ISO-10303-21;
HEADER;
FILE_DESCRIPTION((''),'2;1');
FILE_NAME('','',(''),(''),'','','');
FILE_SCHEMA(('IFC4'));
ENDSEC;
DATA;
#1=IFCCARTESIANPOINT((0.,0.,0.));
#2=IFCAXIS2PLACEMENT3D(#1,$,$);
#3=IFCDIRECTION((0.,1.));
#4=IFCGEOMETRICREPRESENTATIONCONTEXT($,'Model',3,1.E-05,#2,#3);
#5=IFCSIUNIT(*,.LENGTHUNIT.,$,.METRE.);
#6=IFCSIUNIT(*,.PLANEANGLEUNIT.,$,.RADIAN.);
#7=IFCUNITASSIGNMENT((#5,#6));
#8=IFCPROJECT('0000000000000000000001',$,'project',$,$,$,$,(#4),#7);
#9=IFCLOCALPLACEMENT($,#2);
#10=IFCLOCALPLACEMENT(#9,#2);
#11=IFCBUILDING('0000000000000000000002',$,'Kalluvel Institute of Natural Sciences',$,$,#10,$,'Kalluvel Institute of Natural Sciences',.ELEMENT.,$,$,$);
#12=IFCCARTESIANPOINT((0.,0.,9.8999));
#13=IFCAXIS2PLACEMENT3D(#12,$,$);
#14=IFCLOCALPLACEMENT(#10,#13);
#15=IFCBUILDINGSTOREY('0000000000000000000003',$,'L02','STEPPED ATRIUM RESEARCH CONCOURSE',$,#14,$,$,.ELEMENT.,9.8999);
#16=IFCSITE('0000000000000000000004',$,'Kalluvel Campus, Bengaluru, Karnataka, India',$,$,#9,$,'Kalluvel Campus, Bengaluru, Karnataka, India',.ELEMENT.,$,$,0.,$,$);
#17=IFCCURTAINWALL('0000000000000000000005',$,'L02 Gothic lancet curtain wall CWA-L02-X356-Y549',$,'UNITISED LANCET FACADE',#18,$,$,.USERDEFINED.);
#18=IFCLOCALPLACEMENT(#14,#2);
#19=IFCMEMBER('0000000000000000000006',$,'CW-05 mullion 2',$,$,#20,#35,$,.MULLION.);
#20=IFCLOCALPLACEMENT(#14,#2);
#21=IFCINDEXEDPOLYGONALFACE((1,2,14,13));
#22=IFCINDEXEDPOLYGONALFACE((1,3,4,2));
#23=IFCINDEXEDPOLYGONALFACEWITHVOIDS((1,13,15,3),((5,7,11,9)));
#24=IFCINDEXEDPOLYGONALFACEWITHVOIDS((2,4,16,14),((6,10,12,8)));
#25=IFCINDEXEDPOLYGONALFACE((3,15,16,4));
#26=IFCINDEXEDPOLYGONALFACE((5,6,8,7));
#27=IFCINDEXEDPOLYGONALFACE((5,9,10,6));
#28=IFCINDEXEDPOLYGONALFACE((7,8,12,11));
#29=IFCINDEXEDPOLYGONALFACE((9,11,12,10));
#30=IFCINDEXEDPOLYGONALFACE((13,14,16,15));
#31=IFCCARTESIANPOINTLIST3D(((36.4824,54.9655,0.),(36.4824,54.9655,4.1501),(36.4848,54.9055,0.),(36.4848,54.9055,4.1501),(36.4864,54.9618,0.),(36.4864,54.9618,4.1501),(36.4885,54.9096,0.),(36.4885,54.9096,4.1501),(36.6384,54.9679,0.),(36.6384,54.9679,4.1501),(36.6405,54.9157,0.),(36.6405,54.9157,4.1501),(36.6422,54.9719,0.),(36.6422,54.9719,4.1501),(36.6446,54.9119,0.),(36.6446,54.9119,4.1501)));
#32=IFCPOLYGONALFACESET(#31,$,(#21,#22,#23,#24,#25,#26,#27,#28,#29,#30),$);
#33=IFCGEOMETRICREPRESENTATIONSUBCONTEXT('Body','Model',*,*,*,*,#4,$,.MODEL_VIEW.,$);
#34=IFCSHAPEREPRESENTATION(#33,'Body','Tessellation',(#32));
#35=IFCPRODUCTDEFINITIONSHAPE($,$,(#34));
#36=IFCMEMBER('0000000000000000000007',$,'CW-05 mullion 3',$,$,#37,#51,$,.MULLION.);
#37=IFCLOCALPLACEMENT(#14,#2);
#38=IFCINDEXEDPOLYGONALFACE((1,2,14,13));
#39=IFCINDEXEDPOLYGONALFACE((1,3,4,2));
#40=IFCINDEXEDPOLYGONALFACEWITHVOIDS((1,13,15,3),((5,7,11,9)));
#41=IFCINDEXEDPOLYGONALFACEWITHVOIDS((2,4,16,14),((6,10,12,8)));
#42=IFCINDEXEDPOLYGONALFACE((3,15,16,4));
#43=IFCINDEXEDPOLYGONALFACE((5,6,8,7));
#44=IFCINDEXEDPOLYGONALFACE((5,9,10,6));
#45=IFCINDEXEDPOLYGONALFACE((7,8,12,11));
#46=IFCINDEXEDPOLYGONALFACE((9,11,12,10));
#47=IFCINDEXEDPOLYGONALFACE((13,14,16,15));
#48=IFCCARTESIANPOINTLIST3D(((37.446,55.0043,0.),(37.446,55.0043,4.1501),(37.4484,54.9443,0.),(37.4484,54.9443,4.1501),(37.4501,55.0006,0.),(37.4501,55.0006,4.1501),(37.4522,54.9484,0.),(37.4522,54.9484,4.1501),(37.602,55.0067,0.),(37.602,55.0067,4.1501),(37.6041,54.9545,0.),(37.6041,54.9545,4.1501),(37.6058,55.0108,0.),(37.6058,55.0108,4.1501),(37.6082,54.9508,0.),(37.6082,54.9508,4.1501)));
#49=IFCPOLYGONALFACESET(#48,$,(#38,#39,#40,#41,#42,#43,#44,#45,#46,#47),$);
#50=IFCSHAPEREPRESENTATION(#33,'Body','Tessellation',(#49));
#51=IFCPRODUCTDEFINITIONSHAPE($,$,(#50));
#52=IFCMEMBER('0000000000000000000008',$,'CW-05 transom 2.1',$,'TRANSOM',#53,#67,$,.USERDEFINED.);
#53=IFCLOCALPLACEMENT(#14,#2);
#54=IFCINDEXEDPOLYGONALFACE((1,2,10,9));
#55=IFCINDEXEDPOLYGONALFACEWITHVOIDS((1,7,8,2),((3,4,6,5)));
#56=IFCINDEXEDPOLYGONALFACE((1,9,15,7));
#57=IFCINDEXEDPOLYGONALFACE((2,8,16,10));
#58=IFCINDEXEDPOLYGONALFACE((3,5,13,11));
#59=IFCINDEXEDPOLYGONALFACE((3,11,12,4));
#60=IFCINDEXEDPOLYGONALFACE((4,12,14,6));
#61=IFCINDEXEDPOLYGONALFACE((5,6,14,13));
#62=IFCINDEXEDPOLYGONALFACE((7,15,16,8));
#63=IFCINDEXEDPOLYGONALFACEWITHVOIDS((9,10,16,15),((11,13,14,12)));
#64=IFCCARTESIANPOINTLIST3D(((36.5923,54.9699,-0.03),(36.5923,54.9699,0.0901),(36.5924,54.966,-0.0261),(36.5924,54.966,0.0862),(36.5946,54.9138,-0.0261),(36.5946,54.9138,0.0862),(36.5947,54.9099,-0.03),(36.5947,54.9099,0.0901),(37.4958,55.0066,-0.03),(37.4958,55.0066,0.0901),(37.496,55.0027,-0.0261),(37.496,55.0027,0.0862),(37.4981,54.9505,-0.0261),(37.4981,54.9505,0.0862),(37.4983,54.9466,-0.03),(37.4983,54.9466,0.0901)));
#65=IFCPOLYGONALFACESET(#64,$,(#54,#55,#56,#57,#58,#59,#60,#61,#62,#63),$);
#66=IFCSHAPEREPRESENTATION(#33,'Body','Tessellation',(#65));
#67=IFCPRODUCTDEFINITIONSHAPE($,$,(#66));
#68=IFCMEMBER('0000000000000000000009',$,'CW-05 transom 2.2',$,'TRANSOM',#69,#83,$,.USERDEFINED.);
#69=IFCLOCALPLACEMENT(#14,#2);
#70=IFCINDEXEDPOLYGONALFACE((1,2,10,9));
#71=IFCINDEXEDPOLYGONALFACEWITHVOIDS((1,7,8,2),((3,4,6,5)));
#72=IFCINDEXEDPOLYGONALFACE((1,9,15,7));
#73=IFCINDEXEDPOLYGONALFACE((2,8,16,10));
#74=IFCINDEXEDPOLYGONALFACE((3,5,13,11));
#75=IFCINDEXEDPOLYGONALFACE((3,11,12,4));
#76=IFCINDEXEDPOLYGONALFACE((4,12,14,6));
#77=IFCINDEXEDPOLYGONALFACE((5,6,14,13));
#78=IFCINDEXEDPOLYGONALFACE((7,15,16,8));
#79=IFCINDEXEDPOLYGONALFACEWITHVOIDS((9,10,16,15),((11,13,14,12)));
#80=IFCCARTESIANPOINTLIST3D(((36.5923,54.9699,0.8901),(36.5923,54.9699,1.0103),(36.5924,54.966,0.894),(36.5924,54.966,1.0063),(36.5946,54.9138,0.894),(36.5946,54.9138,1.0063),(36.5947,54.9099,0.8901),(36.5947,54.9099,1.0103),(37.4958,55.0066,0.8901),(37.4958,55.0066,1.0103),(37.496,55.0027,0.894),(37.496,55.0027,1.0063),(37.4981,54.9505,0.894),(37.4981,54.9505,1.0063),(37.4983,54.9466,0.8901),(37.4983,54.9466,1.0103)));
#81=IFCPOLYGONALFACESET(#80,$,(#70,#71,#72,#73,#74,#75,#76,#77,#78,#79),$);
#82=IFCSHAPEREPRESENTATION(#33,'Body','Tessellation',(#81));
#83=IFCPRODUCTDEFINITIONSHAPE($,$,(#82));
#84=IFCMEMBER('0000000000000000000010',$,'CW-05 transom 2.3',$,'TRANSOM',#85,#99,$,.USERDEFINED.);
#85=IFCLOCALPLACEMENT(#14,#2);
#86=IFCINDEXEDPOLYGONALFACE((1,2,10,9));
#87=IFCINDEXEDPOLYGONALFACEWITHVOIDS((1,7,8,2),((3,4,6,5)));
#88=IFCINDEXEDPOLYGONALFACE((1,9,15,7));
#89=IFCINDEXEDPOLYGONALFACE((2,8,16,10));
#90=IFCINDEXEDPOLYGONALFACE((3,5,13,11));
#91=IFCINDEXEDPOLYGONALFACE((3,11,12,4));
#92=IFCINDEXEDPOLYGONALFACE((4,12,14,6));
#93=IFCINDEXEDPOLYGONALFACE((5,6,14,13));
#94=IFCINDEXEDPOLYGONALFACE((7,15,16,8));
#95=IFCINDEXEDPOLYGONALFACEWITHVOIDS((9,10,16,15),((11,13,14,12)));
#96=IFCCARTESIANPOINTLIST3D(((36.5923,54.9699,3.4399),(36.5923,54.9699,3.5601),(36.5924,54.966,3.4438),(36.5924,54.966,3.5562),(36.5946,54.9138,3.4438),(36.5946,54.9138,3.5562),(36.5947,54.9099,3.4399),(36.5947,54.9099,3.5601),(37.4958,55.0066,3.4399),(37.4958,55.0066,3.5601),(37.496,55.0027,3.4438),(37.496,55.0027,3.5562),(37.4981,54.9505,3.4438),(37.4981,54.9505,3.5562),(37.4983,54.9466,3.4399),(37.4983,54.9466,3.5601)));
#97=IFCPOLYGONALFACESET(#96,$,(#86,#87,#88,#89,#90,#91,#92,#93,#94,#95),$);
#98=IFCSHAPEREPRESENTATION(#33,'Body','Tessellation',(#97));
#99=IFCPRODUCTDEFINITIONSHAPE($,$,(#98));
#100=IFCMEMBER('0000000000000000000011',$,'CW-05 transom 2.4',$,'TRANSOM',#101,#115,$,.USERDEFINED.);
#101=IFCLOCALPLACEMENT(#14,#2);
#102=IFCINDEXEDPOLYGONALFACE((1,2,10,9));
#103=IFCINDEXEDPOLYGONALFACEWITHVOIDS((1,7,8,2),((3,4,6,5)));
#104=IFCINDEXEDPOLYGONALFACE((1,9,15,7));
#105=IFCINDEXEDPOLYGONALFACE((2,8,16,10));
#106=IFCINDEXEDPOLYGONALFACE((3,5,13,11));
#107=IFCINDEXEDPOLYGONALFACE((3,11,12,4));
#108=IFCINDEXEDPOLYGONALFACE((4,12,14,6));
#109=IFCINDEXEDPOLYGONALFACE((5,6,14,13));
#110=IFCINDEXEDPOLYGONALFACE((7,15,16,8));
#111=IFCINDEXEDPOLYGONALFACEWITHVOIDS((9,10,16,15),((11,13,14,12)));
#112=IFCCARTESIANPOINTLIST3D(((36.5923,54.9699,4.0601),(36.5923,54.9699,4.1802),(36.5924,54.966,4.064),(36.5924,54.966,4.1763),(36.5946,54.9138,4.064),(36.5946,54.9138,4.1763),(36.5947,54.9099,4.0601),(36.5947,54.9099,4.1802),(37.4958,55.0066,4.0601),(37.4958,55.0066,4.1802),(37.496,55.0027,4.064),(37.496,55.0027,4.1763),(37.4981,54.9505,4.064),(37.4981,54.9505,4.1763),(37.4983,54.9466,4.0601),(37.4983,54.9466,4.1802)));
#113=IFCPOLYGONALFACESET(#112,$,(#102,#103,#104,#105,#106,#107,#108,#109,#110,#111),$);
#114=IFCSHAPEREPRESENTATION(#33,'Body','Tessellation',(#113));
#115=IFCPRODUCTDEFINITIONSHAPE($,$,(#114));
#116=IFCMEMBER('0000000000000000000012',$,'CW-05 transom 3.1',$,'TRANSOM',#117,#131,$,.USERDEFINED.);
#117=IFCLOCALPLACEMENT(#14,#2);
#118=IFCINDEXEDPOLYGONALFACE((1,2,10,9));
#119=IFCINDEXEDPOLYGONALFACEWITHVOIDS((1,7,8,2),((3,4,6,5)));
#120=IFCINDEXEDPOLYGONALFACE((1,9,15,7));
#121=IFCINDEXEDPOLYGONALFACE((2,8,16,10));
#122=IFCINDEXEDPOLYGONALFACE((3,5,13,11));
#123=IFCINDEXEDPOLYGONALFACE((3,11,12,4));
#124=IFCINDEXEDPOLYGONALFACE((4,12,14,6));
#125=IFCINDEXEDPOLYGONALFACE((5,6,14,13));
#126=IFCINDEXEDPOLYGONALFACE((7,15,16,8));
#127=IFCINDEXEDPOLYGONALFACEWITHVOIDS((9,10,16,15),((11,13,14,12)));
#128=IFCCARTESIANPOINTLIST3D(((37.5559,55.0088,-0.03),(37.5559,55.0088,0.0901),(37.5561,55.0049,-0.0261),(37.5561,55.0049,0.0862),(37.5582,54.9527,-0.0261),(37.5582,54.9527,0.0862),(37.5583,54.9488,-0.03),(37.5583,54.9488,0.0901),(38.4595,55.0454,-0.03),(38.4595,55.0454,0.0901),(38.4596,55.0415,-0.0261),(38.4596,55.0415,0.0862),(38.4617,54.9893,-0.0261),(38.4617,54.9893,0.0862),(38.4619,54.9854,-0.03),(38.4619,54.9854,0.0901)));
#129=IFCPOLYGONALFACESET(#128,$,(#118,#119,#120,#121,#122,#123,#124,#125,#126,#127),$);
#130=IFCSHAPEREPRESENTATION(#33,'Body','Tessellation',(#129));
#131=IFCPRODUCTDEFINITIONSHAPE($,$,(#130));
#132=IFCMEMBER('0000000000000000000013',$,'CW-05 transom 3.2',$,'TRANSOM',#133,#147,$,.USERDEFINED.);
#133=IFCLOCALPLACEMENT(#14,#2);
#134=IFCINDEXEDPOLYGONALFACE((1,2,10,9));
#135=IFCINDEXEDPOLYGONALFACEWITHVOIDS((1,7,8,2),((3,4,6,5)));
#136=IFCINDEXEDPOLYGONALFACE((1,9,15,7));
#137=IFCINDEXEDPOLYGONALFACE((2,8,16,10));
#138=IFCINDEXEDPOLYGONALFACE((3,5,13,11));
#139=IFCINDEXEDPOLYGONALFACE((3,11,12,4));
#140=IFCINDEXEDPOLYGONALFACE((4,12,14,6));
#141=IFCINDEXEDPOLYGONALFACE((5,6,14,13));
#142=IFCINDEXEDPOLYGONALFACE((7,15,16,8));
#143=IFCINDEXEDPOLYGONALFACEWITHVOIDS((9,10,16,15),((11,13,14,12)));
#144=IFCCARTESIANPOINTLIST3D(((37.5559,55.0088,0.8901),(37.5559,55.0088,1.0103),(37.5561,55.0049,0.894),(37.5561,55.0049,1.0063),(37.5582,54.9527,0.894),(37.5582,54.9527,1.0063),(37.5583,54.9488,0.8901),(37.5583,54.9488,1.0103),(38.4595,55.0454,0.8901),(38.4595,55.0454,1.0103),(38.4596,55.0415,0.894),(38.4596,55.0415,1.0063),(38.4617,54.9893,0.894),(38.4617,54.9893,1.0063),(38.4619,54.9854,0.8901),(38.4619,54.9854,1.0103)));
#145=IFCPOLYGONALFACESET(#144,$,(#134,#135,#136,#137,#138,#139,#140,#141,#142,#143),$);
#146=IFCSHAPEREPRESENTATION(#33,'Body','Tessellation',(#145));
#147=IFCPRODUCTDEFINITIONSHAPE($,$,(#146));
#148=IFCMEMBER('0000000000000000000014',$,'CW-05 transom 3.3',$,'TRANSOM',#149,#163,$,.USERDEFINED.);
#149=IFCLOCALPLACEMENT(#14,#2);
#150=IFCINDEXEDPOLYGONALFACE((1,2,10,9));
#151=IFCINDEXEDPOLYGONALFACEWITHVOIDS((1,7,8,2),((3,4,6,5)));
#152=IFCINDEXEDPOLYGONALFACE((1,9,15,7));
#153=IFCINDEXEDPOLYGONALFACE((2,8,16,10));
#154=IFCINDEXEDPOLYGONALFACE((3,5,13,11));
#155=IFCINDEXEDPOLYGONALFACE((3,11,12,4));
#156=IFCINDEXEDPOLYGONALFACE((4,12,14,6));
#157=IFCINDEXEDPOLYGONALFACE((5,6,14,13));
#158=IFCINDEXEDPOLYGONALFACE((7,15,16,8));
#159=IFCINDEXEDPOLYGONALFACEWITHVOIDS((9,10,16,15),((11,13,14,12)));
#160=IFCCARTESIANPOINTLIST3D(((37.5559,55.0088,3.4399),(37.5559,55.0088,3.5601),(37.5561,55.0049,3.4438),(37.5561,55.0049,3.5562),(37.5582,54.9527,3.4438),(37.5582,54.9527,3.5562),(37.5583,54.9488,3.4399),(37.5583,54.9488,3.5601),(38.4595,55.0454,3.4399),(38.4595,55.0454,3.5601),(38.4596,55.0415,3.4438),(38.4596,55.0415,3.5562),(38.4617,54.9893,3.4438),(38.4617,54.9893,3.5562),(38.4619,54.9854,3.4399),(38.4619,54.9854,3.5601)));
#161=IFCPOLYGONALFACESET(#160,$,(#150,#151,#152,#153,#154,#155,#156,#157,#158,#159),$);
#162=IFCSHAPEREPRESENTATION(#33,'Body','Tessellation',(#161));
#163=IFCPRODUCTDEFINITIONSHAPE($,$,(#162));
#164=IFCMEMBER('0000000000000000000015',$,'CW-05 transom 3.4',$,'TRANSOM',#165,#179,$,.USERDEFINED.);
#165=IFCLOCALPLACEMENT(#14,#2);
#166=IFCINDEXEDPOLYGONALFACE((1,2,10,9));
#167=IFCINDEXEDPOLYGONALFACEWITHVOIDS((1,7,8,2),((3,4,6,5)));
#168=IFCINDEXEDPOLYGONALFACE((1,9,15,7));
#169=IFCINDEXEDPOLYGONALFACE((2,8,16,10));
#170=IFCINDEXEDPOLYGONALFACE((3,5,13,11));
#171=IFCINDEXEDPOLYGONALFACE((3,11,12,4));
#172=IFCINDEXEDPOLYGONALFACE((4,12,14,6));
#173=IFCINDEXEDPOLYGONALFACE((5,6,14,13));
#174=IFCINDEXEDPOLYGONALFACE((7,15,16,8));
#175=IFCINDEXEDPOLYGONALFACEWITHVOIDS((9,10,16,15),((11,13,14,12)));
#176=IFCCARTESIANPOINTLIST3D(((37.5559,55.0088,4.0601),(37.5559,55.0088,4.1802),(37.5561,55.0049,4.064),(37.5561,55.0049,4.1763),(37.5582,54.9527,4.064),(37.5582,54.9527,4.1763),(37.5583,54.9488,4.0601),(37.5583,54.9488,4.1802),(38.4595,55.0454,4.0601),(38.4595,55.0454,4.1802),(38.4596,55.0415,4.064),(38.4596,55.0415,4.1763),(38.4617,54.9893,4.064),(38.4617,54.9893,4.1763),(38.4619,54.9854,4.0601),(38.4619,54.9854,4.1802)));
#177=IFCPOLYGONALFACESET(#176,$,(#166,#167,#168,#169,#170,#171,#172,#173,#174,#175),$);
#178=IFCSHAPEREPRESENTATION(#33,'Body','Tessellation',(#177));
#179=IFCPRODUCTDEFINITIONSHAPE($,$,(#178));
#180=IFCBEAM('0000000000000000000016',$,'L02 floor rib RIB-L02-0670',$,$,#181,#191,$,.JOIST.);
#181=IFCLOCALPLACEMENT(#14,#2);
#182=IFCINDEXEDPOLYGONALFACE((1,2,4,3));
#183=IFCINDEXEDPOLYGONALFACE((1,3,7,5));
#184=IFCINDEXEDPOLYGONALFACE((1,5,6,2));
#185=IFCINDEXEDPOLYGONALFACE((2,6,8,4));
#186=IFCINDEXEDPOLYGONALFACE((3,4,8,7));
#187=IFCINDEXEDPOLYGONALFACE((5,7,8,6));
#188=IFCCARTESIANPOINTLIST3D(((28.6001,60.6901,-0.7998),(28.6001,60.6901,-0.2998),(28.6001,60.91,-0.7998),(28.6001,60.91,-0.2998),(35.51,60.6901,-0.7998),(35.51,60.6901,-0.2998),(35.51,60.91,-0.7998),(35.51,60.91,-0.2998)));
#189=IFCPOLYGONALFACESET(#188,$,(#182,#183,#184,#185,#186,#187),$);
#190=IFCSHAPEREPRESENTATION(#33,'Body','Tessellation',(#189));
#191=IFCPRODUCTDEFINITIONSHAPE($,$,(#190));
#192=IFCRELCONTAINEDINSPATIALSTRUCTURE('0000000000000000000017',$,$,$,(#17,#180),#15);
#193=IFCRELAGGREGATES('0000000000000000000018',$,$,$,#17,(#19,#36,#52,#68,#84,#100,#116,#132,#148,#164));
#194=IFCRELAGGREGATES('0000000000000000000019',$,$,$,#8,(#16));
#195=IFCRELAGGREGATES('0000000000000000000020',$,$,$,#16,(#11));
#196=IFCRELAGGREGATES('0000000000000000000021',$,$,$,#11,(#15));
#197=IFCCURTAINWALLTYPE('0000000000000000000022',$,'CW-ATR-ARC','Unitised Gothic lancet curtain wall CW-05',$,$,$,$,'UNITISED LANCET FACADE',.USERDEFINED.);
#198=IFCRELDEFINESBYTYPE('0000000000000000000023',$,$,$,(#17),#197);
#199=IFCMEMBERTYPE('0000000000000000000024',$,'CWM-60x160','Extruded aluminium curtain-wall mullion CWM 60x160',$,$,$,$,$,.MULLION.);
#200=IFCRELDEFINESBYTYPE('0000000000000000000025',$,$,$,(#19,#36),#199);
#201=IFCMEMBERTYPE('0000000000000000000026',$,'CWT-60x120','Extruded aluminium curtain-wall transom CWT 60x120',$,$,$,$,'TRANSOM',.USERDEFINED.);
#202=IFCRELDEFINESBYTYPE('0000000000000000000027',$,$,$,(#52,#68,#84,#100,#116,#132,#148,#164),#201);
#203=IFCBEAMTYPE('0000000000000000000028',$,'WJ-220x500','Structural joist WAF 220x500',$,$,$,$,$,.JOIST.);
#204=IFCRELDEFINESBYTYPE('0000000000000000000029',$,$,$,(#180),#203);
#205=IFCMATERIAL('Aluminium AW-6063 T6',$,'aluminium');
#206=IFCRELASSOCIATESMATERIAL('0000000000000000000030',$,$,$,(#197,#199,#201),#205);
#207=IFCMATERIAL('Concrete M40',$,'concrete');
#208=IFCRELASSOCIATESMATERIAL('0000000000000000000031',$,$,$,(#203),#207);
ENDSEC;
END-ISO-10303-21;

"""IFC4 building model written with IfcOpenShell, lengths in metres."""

from ifc_helpers import new_model, si_unit, direction, frame, origin, origin_2d, place, context, subcontext, project, spatial, rectangle, hollow_rectangle, extrude, material, material_profile, profile_set, type_object, element, aggregate, save


model = new_model("IFC4")

# Units and contexts
model_context = context("Model", 3, precision=1e-05, world=origin(), true_north=direction((0.0, 1.0)))
body_context = subcontext(model_context, "Body", "Model", "MODEL_VIEW")
ifc_project = project(units=[si_unit("LENGTHUNIT", "METRE"), si_unit("PLANEANGLEUNIT", "RADIAN")], contexts=[model_context])

# Site, building, storey
site_placement = place(None, origin())
site = spatial("IfcSite", under=ifc_project, at=site_placement, Name="Kalluvel Campus, Bengaluru, Karnataka, India", LongName="Kalluvel Campus, Bengaluru, Karnataka, India", CompositionType="ELEMENT", RefElevation=0.0)
building_placement = place(site_placement, origin())
building = spatial("IfcBuilding", under=site, at=building_placement, Name="Kalluvel Institute of Natural Sciences", LongName="Kalluvel Institute of Natural Sciences", CompositionType="ELEMENT")
storey_placement = place(building_placement, frame((0.0, 0.0, 9.8999)))
storey = spatial("IfcBuildingStorey", under=building, at=storey_placement, Name="L02", Description="STEPPED ATRIUM RESEARCH CONCOURSE", CompositionType="ELEMENT", Elevation=9.8999)

# Shared definitions
ifc_material_1 = material(Name="Concrete M40", Category="concrete")

# Curtain wall, members
ifc_material_2 = material(Name="Aluminium AW-6063 T6", Category="aluminium")
curtain_wall_type = type_object("IfcCurtainWallType", Name="CW-ATR-ARC", Description="Unitised Gothic lancet curtain wall CW-05", ElementType="UNITISED LANCET FACADE", PredefinedType="USERDEFINED", material=ifc_material_2)
curtain_wall_placement = place(storey_placement, origin())
curtain_wall = element("IfcCurtainWall", 1, at=curtain_wall_placement, inside=storey, type_object=curtain_wall_type, Name="L02 Gothic lancet curtain wall CWA-L02-X356-Y549", ObjectType="UNITISED LANCET FACADE", PredefinedType="USERDEFINED")
ifc_material_profile_1 = material_profile(ifc_material_2, hollow_rectangle(XDim=0.0601, YDim=0.1599, WallThickness=0.0039, at=origin_2d()), Name="CWM 60x160")
ifc_profile_set_1 = profile_set([ifc_material_profile_1], Name="Aluminium AW-6063 T6")
member_type_1 = type_object("IfcMemberType", Name="CWM-60x160", Description="Extruded aluminium curtain-wall mullion CWM 60x160", PredefinedType="MULLION", material=ifc_profile_set_1)
member_1_placement = place(storey_placement, frame((36.5635, 54.9387, 0.0), z_axis=(0.0, 0.0, 1.0), x_axis=(-0.04026, 0.999189, 0.0)))
member_1 = element("IfcMember", 2, at=member_1_placement, type_object=member_type_1, Name="CW-05 mullion 2", PredefinedType="MULLION", context=body_context, shape_type="SweptSolid", body=[
    extrude(hollow_rectangle(XDim=0.0601, YDim=0.1599, WallThickness=0.0039, at=origin_2d()), origin(), (0.0, 0.0, 1.0), 4.1501),
])
member_2_placement = place(storey_placement, frame((37.5271, 54.9775, 0.0), z_axis=(0.0, 0.0, 1.0), x_axis=(-0.04026, 0.999189, 0.0)))
member_2 = element("IfcMember", 3, at=member_2_placement, type_object=member_type_1, Name="CW-05 mullion 3", PredefinedType="MULLION", context=body_context, shape_type="SweptSolid", body=[
    extrude(hollow_rectangle(XDim=0.0601, YDim=0.1599, WallThickness=0.0039, at=origin_2d()), origin(), (0.0, 0.0, 1.0), 4.1501),
])
ifc_material_profile_2 = material_profile(ifc_material_2, hollow_rectangle(XDim=0.0601, YDim=0.1201, WallThickness=0.0039, at=origin_2d()), Name="CWT 60x120")
ifc_profile_set_2 = profile_set([ifc_material_profile_2], Name="Aluminium AW-6063 T6")
member_type_2 = type_object("IfcMemberType", Name="CWT-60x120", Description="Extruded aluminium curtain-wall transom CWT 60x120", ElementType="TRANSOM", PredefinedType="USERDEFINED", material=ifc_profile_set_2)
member_3_placement = place(storey_placement, frame((36.5935, 54.9399, 0.03), z_axis=(0.99918, 0.040496, 0.0), x_axis=(-0.040496, 0.99918, 0.0)))
member_3 = element("IfcMember", 4, at=member_3_placement, type_object=member_type_2, Name="CW-05 transom 2.1", ObjectType="TRANSOM", PredefinedType="USERDEFINED", context=body_context, shape_type="SweptSolid", body=[
    extrude(hollow_rectangle(XDim=0.0601, YDim=0.1201, WallThickness=0.0039, at=origin_2d()), origin(), (0.0, 0.0, 1.0), 0.9043),
])
member_4_placement = place(storey_placement, frame((36.5935, 54.9399, 0.9502), z_axis=(0.99918, 0.040496, 0.0), x_axis=(-0.040496, 0.99918, 0.0)))
member_4 = element("IfcMember", 5, at=member_4_placement, type_object=member_type_2, Name="CW-05 transom 2.2", ObjectType="TRANSOM", PredefinedType="USERDEFINED", context=body_context, shape_type="SweptSolid", body=[
    extrude(hollow_rectangle(XDim=0.0601, YDim=0.1201, WallThickness=0.0039, at=origin_2d()), origin(), (0.0, 0.0, 1.0), 0.9043),
])
member_5_placement = place(storey_placement, frame((36.5935, 54.9399, 3.5), z_axis=(0.99918, 0.040496, 0.0), x_axis=(-0.040496, 0.99918, 0.0)))
member_5 = element("IfcMember", 6, at=member_5_placement, type_object=member_type_2, Name="CW-05 transom 2.3", ObjectType="TRANSOM", PredefinedType="USERDEFINED", context=body_context, shape_type="SweptSolid", body=[
    extrude(hollow_rectangle(XDim=0.0601, YDim=0.1201, WallThickness=0.0039, at=origin_2d()), origin(), (0.0, 0.0, 1.0), 0.9043),
])
member_6_placement = place(storey_placement, frame((36.5935, 54.9399, 4.1201), z_axis=(0.99918, 0.040496, 0.0), x_axis=(-0.040496, 0.99918, 0.0)))
member_6 = element("IfcMember", 7, at=member_6_placement, type_object=member_type_2, Name="CW-05 transom 2.4", ObjectType="TRANSOM", PredefinedType="USERDEFINED", context=body_context, shape_type="SweptSolid", body=[
    extrude(hollow_rectangle(XDim=0.0601, YDim=0.1201, WallThickness=0.0039, at=origin_2d()), origin(), (0.0, 0.0, 1.0), 0.9043),
])
member_7_placement = place(storey_placement, frame((37.5571, 54.9788, 0.03), z_axis=(0.99918, 0.040496, 0.0), x_axis=(-0.040496, 0.99918, 0.0)))
member_7 = element("IfcMember", 8, at=member_7_placement, type_object=member_type_2, Name="CW-05 transom 3.1", ObjectType="TRANSOM", PredefinedType="USERDEFINED", context=body_context, shape_type="SweptSolid", body=[
    extrude(hollow_rectangle(XDim=0.0601, YDim=0.1201, WallThickness=0.0039, at=origin_2d()), origin(), (0.0, 0.0, 1.0), 0.9043),
])
member_8_placement = place(storey_placement, frame((37.5571, 54.9788, 0.9502), z_axis=(0.99918, 0.040496, 0.0), x_axis=(-0.040496, 0.99918, 0.0)))
member_8 = element("IfcMember", 9, at=member_8_placement, type_object=member_type_2, Name="CW-05 transom 3.2", ObjectType="TRANSOM", PredefinedType="USERDEFINED", context=body_context, shape_type="SweptSolid", body=[
    extrude(hollow_rectangle(XDim=0.0601, YDim=0.1201, WallThickness=0.0039, at=origin_2d()), origin(), (0.0, 0.0, 1.0), 0.9043),
])
member_9_placement = place(storey_placement, frame((37.5571, 54.9788, 3.5), z_axis=(0.99918, 0.040496, 0.0), x_axis=(-0.040496, 0.99918, 0.0)))
member_9 = element("IfcMember", 10, at=member_9_placement, type_object=member_type_2, Name="CW-05 transom 3.3", ObjectType="TRANSOM", PredefinedType="USERDEFINED", context=body_context, shape_type="SweptSolid", body=[
    extrude(hollow_rectangle(XDim=0.0601, YDim=0.1201, WallThickness=0.0039, at=origin_2d()), origin(), (0.0, 0.0, 1.0), 0.9043),
])
member_10_placement = place(storey_placement, frame((37.5571, 54.9788, 4.1201), z_axis=(0.99918, 0.040496, 0.0), x_axis=(-0.040496, 0.99918, 0.0)))
member_10 = element("IfcMember", 11, at=member_10_placement, type_object=member_type_2, Name="CW-05 transom 3.4", ObjectType="TRANSOM", PredefinedType="USERDEFINED", context=body_context, shape_type="SweptSolid", body=[
    extrude(hollow_rectangle(XDim=0.0601, YDim=0.1201, WallThickness=0.0039, at=origin_2d()), origin(), (0.0, 0.0, 1.0), 0.9043),
])

# Beam
ifc_material_profile_3 = material_profile(ifc_material_1, rectangle(XDim=0.22, YDim=0.5, at=origin_2d()), Name="WAF 220x500")
ifc_profile_set_3 = profile_set([ifc_material_profile_3], Name="Concrete M40")
beam_type_1 = type_object("IfcBeamType", Name="WJ-220x500", Description="Structural joist WAF 220x500", PredefinedType="JOIST", material=ifc_profile_set_3)
beam_1_placement = place(storey_placement, frame((28.6001, 60.8, -0.5498), z_axis=(1.0, 0.0, 0.0), x_axis=(0.0, 1.0, 0.0)))
element("IfcBeam", 12, at=beam_1_placement, inside=storey, type_object=beam_type_1, Name="L02 floor rib RIB-L02-0670", PredefinedType="JOIST", context=body_context, shape_type="SweptSolid", body=[
    extrude(rectangle(XDim=0.22, YDim=0.5, at=origin_2d()), origin(), (0.0, 0.0, 1.0), 6.9099),
])

aggregate(curtain_wall, [member_1, member_2, member_3, member_4, member_5, member_6, member_7, member_8, member_9, member_10])

save(model, "model.ifc")
